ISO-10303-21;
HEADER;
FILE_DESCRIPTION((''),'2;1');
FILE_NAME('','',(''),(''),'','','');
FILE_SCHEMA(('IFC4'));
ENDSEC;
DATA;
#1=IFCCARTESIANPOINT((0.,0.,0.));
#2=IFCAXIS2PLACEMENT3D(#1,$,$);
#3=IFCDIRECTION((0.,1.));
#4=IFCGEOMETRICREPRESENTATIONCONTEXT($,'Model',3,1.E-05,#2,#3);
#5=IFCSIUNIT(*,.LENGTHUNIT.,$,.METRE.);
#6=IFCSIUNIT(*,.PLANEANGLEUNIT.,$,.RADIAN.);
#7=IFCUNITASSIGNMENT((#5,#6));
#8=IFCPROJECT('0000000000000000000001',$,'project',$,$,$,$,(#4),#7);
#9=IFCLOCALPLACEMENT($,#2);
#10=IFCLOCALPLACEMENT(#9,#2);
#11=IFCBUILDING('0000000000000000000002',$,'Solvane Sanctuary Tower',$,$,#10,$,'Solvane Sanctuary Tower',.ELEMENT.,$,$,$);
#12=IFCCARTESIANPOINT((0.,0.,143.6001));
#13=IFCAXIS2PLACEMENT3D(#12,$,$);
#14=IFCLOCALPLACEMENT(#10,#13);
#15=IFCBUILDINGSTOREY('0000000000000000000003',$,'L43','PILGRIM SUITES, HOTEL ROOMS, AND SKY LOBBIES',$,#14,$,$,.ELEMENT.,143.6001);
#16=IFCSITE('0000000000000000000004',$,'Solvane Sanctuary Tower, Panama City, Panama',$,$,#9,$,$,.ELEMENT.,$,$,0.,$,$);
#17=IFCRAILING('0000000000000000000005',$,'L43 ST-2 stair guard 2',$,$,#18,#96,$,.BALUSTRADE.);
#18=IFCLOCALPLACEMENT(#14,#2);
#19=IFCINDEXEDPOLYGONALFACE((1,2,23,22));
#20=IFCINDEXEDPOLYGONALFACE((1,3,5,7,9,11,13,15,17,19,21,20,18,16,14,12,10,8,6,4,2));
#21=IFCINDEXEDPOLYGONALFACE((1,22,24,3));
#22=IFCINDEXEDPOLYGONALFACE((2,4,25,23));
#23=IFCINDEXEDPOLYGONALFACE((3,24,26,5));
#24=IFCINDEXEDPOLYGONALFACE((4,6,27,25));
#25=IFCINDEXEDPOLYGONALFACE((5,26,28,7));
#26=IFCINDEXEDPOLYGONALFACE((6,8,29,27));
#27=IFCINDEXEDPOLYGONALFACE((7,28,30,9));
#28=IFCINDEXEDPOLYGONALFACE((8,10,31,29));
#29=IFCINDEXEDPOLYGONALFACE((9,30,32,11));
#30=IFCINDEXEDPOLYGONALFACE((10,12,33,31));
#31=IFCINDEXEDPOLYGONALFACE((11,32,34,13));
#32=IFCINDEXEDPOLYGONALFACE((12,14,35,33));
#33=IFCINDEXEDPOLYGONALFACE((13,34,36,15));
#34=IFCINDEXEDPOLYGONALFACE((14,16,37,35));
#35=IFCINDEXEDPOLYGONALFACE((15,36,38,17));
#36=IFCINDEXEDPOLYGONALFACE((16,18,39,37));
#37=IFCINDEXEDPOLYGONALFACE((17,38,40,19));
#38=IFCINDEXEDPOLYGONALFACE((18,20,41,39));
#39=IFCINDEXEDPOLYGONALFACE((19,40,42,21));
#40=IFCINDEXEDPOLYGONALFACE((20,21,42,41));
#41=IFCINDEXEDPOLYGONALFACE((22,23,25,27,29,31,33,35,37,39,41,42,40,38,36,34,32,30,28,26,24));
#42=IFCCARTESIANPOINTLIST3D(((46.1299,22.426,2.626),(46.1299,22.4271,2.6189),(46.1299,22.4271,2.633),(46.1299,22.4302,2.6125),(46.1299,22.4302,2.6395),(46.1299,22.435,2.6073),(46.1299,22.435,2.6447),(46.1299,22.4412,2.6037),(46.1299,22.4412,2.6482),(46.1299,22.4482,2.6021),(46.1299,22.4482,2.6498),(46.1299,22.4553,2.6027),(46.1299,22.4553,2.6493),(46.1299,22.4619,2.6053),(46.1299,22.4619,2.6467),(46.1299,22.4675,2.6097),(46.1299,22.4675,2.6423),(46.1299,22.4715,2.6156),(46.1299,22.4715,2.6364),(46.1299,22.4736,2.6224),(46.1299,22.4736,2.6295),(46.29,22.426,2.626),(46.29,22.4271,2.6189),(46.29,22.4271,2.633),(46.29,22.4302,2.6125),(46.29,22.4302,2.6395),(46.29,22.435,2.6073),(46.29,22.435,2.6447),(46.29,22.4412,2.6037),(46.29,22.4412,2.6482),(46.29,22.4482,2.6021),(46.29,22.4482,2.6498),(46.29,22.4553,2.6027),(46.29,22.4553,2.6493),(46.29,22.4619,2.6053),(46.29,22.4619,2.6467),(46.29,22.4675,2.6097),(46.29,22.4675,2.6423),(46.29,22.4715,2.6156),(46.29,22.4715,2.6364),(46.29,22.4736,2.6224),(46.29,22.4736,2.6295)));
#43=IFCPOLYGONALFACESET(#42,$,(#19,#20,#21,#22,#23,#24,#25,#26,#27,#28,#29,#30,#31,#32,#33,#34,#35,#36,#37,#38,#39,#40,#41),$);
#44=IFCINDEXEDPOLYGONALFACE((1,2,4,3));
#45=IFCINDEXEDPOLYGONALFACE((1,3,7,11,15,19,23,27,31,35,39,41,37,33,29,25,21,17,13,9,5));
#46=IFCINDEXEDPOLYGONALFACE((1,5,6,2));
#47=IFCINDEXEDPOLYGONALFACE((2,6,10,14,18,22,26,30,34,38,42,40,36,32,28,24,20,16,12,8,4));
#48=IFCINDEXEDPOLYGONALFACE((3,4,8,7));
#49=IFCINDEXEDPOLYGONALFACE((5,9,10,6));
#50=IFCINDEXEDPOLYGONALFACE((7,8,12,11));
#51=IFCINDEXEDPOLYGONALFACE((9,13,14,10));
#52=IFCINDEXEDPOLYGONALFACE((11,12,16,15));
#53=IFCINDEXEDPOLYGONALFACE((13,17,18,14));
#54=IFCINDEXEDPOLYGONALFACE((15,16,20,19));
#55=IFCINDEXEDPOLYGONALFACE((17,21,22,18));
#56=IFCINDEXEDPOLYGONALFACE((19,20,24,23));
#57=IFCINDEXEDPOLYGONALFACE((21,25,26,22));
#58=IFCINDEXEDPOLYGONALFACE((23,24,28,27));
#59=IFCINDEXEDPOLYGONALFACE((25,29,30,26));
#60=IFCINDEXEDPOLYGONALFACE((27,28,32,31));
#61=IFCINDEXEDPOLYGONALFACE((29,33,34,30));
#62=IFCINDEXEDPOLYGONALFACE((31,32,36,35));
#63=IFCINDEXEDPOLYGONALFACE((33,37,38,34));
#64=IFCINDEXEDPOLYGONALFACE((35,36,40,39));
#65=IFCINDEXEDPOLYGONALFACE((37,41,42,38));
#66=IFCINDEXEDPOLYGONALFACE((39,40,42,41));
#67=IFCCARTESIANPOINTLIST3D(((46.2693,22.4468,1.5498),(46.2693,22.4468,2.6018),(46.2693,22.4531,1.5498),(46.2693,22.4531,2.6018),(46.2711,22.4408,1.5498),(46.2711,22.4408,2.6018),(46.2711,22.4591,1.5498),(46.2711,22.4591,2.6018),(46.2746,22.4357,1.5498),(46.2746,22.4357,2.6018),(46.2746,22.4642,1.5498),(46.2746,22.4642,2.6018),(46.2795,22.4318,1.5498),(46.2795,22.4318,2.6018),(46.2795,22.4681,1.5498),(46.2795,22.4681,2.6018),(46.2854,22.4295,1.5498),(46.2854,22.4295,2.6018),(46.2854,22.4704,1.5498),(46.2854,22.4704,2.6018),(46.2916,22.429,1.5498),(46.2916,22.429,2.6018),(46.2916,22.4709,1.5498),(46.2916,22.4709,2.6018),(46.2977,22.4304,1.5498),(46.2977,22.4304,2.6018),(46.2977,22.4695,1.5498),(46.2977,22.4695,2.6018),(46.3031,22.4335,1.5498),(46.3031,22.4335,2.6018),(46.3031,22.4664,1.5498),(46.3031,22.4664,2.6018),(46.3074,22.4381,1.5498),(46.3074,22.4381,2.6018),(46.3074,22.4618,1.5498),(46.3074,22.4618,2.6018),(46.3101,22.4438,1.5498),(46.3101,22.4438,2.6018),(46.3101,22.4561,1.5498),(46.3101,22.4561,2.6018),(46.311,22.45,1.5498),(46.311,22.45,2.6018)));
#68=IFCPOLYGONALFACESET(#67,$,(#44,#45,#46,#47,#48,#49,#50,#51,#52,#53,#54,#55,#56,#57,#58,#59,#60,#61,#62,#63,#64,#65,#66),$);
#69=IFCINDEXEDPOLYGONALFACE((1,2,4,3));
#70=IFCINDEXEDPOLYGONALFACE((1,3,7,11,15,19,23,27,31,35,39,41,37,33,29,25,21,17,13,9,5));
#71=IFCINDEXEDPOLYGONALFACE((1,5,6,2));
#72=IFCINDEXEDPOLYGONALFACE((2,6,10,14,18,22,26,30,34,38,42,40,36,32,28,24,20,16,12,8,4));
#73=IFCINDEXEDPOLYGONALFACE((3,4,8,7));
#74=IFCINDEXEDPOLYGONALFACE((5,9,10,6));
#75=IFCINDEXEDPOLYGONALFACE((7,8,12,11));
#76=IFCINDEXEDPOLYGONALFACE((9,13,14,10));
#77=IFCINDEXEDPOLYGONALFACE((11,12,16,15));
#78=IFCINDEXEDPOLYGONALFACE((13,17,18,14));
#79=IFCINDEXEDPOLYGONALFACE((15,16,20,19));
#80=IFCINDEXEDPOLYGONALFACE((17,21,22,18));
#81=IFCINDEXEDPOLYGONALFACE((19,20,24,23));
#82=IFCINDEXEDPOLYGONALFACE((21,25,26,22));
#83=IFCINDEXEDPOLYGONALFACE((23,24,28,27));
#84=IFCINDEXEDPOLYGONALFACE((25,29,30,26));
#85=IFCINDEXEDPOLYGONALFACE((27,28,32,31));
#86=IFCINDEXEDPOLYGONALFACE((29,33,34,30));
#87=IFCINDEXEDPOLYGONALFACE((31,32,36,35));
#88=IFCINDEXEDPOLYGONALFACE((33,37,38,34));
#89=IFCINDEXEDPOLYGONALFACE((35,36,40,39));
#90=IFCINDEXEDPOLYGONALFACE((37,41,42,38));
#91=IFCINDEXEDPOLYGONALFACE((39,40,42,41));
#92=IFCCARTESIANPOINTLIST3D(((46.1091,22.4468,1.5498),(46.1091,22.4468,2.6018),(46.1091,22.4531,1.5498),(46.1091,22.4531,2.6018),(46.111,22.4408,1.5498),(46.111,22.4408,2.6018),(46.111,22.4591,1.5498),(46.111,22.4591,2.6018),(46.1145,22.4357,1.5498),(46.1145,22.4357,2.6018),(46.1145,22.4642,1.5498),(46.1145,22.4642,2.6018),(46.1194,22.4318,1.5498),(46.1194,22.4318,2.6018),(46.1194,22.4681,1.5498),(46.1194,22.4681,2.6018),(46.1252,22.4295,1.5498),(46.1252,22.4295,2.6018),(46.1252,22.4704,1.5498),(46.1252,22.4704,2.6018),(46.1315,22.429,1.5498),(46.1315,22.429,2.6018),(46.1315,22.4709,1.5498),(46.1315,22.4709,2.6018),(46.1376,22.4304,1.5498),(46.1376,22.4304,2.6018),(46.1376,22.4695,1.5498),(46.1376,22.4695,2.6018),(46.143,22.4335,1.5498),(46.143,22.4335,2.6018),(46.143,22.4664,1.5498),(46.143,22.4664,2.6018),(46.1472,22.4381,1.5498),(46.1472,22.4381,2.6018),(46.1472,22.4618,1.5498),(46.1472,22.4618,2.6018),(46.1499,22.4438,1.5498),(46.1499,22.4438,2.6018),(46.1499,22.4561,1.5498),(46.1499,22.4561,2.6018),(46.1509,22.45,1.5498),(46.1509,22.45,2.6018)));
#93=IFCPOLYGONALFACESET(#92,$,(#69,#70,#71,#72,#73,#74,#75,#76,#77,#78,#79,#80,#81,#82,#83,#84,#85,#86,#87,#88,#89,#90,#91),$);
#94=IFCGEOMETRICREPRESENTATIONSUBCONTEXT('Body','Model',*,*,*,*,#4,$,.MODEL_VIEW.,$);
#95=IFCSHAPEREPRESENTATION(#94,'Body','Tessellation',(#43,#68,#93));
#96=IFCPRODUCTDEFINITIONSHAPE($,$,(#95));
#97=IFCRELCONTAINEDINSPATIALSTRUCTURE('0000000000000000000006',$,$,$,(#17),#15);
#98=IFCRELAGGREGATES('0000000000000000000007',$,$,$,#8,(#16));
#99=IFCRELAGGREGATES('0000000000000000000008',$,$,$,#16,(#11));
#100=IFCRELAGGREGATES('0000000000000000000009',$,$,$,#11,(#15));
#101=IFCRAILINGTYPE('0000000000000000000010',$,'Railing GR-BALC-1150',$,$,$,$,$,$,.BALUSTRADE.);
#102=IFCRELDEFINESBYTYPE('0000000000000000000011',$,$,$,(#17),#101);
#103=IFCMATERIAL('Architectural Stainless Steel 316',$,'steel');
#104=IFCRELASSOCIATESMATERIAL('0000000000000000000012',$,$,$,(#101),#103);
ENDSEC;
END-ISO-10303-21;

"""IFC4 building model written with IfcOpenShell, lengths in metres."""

from ifc_helpers import new_model, si_unit, direction, frame, origin, origin_2d, place, context, subcontext, project, spatial, circle, extrude, material, type_object, element, save


model = new_model("IFC4")

# Units and contexts
model_context = context("Model", 3, precision=1e-05, world=origin(), true_north=direction((0.0, 1.0)))
body_context = subcontext(model_context, "Body", "Model", "MODEL_VIEW")
ifc_project = project(units=[si_unit("LENGTHUNIT", "METRE"), si_unit("PLANEANGLEUNIT", "RADIAN")], contexts=[model_context])

# Site, building, storey
site_placement = place(None, origin())
site = spatial("IfcSite", under=ifc_project, at=site_placement, Name="Solvane Sanctuary Tower, Panama City, Panama", CompositionType="ELEMENT", RefElevation=0.0)
building_placement = place(site_placement, origin())
building = spatial("IfcBuilding", under=site, at=building_placement, Name="Solvane Sanctuary Tower", LongName="Solvane Sanctuary Tower", CompositionType="ELEMENT")
storey_placement = place(building_placement, frame((0.0, 0.0, 143.6001)))
storey = spatial("IfcBuildingStorey", under=building, at=storey_placement, Name="L43", Description="PILGRIM SUITES, HOTEL ROOMS, AND SKY LOBBIES", CompositionType="ELEMENT", Elevation=143.6001)

# Shared definitions
ifc_material_1 = material(Name="Architectural Stainless Steel 316", Category="steel")

# Railing
railing_type = type_object("IfcRailingType", Name="Railing GR-BALC-1150", PredefinedType="BALUSTRADE", material=ifc_material_1)
railing_1_placement = place(storey_placement, frame((46.29, 22.45, 1.5498)))
element("IfcRailing", 1, at=railing_1_placement, inside=storey, type_object=railing_type, Name="L43 ST-2 stair guard 2", PredefinedType="BALUSTRADE", context=body_context, shape_type="SweptSolid", body=[
    extrude(circle(Radius=0.0239, at=origin_2d()), frame((0.0, 0.0, 1.0762), z_axis=(-1.0, 0.0, 0.0), x_axis=(0.0, -1.0, 0.0)), (0.0, 0.0, 1.0), 0.1602),
    extrude(circle(Radius=0.021, at=origin_2d()), origin(), (0.0, 0.0, 1.0), 1.052),
    extrude(circle(Radius=0.021, at=origin_2d()), frame((-0.1602, 0.0, 0.0)), (0.0, 0.0, 1.0), 1.052),
])

save(model, "model.ifc")
